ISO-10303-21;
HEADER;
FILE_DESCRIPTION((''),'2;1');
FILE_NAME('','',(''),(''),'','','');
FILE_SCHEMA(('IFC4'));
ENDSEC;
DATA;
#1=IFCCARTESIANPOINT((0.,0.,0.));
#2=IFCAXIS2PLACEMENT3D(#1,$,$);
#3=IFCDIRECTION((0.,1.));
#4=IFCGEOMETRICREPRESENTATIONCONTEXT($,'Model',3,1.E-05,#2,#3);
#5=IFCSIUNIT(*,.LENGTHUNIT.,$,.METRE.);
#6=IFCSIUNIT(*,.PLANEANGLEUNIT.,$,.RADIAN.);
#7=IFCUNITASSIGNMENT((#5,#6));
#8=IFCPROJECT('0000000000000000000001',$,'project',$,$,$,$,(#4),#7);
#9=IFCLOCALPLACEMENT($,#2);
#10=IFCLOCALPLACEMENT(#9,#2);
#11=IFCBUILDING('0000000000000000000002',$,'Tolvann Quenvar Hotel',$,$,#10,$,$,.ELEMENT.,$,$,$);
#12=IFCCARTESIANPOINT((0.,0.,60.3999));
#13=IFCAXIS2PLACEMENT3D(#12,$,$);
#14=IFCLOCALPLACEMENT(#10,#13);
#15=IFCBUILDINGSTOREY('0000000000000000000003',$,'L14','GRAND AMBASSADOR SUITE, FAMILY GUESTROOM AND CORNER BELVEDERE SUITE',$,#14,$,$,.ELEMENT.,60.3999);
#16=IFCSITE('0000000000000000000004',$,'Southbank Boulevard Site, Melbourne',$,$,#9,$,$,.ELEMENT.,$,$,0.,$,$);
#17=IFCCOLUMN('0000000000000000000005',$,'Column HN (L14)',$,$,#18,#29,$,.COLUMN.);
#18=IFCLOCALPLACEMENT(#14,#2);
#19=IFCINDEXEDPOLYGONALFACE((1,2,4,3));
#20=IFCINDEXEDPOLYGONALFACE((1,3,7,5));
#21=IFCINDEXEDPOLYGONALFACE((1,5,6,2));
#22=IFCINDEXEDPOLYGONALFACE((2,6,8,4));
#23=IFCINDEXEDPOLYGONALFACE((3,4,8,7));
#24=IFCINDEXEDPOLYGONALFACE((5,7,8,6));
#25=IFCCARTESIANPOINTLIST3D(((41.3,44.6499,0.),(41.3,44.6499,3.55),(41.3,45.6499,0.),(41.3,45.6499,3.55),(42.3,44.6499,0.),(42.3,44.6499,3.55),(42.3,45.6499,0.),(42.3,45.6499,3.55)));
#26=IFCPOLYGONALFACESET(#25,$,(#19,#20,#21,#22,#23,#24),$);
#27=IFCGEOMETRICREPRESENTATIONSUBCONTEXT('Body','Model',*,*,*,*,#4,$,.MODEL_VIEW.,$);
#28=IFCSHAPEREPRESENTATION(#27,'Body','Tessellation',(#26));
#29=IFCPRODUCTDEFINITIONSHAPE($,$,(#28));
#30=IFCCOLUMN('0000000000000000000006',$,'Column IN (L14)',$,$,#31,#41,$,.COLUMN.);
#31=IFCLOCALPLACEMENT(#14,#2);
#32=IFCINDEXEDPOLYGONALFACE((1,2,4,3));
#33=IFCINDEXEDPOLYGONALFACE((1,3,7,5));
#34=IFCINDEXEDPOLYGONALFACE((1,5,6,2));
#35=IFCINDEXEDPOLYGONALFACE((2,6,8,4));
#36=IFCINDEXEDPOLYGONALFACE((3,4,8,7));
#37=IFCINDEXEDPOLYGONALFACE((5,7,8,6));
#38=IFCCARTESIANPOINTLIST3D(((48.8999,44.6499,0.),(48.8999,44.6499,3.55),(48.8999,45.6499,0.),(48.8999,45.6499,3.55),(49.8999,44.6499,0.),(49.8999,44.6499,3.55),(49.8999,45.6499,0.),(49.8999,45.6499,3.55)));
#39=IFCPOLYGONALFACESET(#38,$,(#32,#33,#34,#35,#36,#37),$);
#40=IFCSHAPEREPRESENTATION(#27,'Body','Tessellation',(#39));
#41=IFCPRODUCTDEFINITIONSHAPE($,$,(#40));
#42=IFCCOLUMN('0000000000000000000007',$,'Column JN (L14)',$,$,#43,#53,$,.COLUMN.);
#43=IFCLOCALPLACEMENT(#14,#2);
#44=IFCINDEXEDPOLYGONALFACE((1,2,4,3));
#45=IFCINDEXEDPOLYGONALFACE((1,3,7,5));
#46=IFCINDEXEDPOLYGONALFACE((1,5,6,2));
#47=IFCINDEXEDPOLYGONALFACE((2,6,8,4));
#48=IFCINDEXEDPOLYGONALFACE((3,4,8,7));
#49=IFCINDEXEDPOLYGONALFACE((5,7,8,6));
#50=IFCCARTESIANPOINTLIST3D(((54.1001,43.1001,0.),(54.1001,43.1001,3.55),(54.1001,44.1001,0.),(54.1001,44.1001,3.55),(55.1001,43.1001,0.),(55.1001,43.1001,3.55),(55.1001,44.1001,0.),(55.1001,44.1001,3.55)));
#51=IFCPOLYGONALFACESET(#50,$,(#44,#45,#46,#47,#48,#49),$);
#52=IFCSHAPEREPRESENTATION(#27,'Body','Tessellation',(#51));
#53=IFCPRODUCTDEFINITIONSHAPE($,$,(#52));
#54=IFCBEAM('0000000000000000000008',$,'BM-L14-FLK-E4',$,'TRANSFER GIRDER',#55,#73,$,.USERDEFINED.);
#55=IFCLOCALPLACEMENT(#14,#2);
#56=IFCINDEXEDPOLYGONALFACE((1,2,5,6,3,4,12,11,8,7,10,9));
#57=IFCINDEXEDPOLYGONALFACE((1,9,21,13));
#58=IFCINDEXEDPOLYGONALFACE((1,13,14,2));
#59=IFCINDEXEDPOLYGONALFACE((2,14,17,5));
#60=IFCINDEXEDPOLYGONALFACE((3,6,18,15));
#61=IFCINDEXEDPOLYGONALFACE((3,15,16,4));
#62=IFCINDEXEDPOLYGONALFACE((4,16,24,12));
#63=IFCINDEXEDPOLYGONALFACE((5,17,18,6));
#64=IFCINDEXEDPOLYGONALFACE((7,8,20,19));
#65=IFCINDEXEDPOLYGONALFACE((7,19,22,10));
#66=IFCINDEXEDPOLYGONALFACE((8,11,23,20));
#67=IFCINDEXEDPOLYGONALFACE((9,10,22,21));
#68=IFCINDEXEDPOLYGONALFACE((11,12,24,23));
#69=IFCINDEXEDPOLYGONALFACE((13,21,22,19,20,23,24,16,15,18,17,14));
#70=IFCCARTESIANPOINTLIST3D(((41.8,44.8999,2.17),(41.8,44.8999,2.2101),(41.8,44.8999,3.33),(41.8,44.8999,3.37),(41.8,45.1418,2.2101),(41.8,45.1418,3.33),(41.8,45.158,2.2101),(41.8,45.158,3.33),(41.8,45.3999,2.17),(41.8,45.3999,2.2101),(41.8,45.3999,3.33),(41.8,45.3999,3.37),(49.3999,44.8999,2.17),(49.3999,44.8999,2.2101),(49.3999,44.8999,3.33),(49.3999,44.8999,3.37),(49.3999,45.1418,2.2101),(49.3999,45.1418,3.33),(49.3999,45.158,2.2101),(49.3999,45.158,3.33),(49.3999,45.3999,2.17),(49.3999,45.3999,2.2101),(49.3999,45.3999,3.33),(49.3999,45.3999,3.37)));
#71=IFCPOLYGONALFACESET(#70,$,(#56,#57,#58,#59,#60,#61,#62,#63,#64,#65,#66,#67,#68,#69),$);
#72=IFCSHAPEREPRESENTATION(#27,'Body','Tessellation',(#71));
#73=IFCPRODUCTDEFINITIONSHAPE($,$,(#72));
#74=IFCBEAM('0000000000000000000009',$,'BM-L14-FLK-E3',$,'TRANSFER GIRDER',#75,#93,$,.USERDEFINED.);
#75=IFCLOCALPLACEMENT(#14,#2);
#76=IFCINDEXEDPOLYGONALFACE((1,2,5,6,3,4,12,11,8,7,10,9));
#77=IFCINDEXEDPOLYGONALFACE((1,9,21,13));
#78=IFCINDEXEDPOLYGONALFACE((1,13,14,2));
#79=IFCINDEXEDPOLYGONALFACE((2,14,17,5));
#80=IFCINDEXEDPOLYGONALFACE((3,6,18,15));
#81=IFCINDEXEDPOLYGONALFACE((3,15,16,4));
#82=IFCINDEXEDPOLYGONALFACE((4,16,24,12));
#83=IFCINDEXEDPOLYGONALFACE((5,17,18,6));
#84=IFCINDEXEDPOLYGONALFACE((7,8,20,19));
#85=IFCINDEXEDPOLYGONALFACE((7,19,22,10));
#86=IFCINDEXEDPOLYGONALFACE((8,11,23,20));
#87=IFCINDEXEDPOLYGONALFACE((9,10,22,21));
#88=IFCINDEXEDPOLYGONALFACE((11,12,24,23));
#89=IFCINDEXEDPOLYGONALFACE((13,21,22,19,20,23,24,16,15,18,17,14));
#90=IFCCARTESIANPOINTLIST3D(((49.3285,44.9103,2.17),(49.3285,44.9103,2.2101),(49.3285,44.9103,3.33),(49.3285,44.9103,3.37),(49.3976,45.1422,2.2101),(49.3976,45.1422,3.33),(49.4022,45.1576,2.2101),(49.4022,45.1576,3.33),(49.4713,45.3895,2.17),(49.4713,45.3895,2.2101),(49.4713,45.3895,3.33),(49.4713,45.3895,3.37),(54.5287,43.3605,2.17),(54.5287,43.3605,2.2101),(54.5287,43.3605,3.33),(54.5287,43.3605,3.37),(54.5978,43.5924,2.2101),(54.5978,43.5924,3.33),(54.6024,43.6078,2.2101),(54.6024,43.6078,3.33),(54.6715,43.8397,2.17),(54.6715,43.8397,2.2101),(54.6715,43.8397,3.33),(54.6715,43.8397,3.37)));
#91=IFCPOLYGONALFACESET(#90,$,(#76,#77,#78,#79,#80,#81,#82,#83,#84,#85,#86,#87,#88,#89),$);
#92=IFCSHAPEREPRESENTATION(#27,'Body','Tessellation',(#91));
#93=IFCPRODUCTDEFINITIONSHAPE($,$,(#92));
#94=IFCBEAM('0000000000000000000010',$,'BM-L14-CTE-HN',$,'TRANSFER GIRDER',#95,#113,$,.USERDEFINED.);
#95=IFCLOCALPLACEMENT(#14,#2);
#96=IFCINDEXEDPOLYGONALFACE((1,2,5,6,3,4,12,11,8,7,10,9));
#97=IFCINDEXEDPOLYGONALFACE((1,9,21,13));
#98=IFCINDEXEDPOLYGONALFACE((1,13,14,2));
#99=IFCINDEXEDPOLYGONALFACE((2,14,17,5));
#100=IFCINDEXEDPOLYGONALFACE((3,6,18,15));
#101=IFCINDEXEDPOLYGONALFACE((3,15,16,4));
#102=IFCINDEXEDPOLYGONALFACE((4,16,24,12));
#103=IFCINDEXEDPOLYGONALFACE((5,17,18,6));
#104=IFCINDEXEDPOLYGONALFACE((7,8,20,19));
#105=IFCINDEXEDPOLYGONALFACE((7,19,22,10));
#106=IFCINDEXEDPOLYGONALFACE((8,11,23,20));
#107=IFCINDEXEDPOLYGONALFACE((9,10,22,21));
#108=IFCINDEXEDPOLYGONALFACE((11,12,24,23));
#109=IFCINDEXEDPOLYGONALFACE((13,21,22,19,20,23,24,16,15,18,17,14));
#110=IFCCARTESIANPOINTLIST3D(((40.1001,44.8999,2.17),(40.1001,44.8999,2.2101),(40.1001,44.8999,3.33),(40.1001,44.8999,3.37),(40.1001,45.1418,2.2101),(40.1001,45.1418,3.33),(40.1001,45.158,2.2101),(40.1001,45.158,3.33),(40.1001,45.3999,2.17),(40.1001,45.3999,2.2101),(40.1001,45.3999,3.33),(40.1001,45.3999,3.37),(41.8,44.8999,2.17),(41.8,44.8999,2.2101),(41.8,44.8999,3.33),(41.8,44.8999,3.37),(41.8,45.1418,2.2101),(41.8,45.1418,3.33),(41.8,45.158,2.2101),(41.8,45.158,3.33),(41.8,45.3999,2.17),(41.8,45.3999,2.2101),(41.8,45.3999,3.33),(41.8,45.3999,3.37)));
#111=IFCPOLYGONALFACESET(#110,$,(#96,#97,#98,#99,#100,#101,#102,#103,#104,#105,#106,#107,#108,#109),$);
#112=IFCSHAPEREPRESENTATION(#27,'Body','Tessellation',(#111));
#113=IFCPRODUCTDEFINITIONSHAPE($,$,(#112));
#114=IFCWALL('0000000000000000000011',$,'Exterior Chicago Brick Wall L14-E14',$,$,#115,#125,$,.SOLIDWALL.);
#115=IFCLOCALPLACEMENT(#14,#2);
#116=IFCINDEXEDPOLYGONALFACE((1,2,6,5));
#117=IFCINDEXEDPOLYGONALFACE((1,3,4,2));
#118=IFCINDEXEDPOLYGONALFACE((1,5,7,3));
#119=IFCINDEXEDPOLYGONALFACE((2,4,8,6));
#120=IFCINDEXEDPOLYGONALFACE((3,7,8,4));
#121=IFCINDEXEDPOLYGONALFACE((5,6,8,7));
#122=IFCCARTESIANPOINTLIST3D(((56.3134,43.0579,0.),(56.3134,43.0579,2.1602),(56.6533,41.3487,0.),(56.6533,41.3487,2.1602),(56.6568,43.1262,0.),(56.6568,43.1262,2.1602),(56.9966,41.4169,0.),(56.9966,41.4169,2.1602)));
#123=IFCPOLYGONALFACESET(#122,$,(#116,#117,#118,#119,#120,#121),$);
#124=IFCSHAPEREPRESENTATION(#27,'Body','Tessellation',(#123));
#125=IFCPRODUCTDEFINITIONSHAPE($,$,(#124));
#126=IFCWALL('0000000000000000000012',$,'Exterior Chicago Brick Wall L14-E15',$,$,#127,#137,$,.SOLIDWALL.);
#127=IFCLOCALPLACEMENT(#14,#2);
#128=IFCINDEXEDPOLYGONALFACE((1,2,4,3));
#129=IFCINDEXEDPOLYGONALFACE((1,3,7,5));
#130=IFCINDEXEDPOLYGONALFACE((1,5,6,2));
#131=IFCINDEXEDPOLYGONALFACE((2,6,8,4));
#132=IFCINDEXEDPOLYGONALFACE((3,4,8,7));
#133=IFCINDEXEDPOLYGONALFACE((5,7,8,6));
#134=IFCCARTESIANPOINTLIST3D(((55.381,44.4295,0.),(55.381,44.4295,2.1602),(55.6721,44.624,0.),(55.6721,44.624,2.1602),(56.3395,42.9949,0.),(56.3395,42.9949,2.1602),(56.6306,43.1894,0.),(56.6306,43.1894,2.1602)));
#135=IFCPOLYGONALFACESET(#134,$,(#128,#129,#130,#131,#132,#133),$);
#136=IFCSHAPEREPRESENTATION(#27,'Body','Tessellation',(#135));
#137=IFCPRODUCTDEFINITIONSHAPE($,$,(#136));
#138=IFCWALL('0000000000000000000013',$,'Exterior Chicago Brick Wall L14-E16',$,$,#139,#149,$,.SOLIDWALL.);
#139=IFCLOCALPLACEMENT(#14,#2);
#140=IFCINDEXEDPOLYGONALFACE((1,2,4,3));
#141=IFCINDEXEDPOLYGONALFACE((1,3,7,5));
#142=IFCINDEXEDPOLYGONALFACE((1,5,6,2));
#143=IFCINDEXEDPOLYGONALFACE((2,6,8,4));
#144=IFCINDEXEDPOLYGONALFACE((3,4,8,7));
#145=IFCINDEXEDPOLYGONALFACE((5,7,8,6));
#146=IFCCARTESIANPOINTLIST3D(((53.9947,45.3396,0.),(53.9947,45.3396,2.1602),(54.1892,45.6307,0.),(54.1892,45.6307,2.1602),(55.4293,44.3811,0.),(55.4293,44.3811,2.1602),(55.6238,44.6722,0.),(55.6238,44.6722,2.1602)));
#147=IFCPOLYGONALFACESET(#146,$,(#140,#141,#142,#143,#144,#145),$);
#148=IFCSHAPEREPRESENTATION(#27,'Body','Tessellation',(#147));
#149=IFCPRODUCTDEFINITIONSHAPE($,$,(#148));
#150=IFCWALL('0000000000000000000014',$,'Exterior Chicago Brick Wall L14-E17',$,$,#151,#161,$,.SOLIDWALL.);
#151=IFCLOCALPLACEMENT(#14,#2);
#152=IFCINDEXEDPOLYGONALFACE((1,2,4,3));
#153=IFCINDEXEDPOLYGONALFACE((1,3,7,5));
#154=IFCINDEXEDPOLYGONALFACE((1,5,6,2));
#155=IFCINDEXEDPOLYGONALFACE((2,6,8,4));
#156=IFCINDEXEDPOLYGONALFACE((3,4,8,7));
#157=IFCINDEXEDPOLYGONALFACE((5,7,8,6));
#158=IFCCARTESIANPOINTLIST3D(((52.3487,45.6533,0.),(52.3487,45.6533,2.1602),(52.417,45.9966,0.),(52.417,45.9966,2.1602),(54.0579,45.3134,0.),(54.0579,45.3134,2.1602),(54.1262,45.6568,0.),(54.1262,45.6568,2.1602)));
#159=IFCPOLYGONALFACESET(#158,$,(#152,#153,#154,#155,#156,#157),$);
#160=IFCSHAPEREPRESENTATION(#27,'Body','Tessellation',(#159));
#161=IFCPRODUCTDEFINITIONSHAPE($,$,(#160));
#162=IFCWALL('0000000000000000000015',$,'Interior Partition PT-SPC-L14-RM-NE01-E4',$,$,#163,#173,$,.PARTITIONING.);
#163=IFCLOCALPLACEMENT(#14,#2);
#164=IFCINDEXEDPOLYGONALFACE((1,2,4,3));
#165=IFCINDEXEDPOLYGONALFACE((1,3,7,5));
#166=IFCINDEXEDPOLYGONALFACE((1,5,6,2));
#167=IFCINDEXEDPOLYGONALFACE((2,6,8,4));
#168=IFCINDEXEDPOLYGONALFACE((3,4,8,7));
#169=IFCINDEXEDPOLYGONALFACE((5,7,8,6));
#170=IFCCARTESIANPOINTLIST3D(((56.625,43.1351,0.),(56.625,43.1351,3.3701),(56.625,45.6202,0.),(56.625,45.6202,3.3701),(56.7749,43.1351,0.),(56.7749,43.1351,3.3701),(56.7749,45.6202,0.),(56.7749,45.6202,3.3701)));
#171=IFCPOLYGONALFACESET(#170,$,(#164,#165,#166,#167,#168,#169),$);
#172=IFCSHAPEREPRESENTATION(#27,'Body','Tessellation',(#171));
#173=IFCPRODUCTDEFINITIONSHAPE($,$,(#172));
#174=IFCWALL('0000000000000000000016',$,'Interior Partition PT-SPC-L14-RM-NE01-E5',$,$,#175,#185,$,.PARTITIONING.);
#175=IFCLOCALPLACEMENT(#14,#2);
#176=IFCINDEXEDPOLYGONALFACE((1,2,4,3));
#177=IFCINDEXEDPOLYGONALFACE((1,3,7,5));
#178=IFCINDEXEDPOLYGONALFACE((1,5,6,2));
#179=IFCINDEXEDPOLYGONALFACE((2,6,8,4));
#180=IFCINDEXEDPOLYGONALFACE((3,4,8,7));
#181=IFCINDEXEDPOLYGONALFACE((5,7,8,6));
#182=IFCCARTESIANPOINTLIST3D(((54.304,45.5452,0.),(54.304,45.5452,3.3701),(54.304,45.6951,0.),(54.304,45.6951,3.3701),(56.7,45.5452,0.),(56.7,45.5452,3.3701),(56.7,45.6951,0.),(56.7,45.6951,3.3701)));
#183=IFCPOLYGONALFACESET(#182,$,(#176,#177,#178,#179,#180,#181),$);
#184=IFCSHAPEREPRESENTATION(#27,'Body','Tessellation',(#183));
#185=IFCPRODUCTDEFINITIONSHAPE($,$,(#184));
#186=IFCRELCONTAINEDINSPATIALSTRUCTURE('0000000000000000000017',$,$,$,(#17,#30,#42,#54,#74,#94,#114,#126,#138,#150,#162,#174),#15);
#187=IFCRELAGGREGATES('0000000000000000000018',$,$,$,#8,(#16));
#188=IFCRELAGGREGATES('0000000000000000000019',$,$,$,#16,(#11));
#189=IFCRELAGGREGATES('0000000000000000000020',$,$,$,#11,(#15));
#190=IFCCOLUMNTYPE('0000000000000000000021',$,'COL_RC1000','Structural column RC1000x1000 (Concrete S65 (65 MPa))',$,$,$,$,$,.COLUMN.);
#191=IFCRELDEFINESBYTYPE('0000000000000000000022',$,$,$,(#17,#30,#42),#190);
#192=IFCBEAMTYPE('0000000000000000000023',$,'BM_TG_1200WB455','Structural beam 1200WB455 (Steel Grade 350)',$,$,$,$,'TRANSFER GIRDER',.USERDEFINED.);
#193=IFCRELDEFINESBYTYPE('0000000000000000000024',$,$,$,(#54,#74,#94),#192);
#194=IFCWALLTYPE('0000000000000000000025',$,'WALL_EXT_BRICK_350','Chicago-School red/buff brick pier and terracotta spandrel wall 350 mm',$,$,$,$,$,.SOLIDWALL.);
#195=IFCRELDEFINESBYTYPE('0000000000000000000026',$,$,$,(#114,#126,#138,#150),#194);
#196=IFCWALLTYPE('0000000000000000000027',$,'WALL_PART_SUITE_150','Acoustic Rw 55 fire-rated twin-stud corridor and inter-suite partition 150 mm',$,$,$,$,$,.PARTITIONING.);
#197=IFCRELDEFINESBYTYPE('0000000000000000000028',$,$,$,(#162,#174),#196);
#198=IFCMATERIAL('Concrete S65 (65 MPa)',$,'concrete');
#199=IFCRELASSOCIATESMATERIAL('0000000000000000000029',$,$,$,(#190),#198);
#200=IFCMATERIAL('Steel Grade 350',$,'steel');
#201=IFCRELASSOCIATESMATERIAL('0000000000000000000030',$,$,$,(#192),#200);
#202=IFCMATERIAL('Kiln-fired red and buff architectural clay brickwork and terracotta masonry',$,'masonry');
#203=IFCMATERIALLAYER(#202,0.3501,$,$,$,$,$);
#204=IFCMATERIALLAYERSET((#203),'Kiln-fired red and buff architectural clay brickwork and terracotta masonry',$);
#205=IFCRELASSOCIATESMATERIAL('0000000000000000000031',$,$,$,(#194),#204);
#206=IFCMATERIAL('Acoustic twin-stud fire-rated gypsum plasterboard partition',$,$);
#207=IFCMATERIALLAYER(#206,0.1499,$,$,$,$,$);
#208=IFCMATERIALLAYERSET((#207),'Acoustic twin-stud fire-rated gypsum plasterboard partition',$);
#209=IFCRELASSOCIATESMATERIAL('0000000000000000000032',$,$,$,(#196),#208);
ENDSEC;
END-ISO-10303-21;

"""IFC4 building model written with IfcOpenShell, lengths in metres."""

from ifc_helpers import new_model, si_unit, direction, frame, frame_2d, origin, origin_2d, place, context, subcontext, project, spatial, rectangle, i_section, extrude, source, transform, mapped, material, layer, layer_set, material_profile, profile_set, type_object, type_shapes, element, save


model = new_model("IFC4")

# Units and contexts
model_context = context("Model", 3, precision=1e-05, world=origin(), true_north=direction((0.0, 1.0)))
body_context = subcontext(model_context, "Body", "Model", "MODEL_VIEW")
ifc_project = project(units=[si_unit("LENGTHUNIT", "METRE"), si_unit("PLANEANGLEUNIT", "RADIAN")], contexts=[model_context])

# Site, building, storey
site_placement = place(None, origin())
site = spatial("IfcSite", under=ifc_project, at=site_placement, Name="Southbank Boulevard Site, Melbourne", CompositionType="ELEMENT", RefElevation=0.0)
building_placement = place(site_placement, origin())
building = spatial("IfcBuilding", under=site, at=building_placement, Name="Tolvann Quenvar Hotel", CompositionType="ELEMENT")
storey_placement = place(building_placement, frame((0.0, 0.0, 60.3999)))
storey = spatial("IfcBuildingStorey", under=building, at=storey_placement, Name="L14", Description="GRAND AMBASSADOR SUITE, FAMILY GUESTROOM AND CORNER BELVEDERE SUITE", CompositionType="ELEMENT", Elevation=60.3999)

# Columns
ifc_material_1 = material(Name="Concrete S65 (65 MPa)", Category="concrete")
ifc_material_profile_1 = material_profile(ifc_material_1, rectangle(XDim=1.0, YDim=1.0, at=origin_2d()), Name="RC1000x1000")
ifc_profile_set_1 = profile_set([ifc_material_profile_1], Name="Concrete S65 (65 MPa)")
column_type = type_object("IfcColumnType", Name="COL_RC1000", Description="Structural column RC1000x1000 (Concrete S65 (65 MPa))", PredefinedType="COLUMN", material=ifc_profile_set_1)
shared_shape_1 = source(origin(), body_context, "Body", "SweptSolid", [
    extrude(rectangle(XDim=1.0, YDim=1.0, at=origin_2d()), origin(), (0.0, 0.0, 1.0), 3.55),
])
type_shapes(column_type, [shared_shape_1])
for number, where, z_axis, x_axis, name in (
    (1, (41.8, 45.1499, 0.0), (0.0, 0.0, 1.0), (1.0, 0.0, 0.0), "Column HN (L14)"),
    (2, (49.3999, 45.1499, 0.0), (0.0, 0.0, 1.0), (1.0, 0.0, 0.0), "Column IN (L14)"),
    (3, (54.6001, 43.6001, 0.0), (0.0, 0.0, 1.0), (1.0, 0.0, 0.0), "Column JN (L14)"),
):
    element("IfcColumn", number, at=place(storey_placement, frame(where, z_axis=z_axis, x_axis=x_axis)), inside=storey, type_object=column_type, Name=name, PredefinedType="COLUMN", context=body_context, shape_type="MappedRepresentation", body=[
        mapped(shared_shape_1, transform((0.0, 0.0, 0.0), x_axis=(1.0, 0.0, 0.0), y_axis=(0.0, 1.0, 0.0), z_axis=(0.0, 0.0, 1.0), scale=1.0)),
    ])

# Beams
ifc_material_2 = material(Name="Steel Grade 350", Category="steel")
ifc_material_profile_2 = material_profile(ifc_material_2, i_section(OverallWidth=0.5, OverallDepth=1.2, WebThickness=0.0161, FlangeThickness=0.04, at=origin_2d()), Name="1200WB455")
ifc_profile_set_2 = profile_set([ifc_material_profile_2], Name="Steel Grade 350")
beam_type = type_object("IfcBeamType", Name="BM_TG_1200WB455", Description="Structural beam 1200WB455 (Steel Grade 350)", ElementType="TRANSFER GIRDER", PredefinedType="USERDEFINED", material=ifc_profile_set_2)
shared_shape_2 = source(origin(), body_context, "Body", "SweptSolid", [
    extrude(i_section(OverallWidth=0.5, OverallDepth=1.2, WebThickness=0.0161, FlangeThickness=0.04, at=origin_2d()), origin(), (0.0, 0.0, 1.0), 7.5999),
])
beam_1_placement = place(storey_placement, frame((49.3999, 45.1499, 2.77), z_axis=(-1.0, 0.0, 0.0), x_axis=(0.0, -1.0, 0.0)))
element("IfcBeam", 4, at=beam_1_placement, inside=storey, type_object=beam_type, Name="BM-L14-FLK-E4", ObjectType="TRANSFER GIRDER", PredefinedType="USERDEFINED", context=body_context, shape_type="MappedRepresentation", body=[
    mapped(shared_shape_2, transform((0.0, 0.0, 0.0), x_axis=(1.0, 0.0, 0.0), y_axis=(0.0, 1.0, 0.0), z_axis=(0.0, 0.0, 1.0), scale=1.0)),
])
shared_shape_3 = source(origin(), body_context, "Body", "SweptSolid", [
    extrude(i_section(OverallWidth=0.5, OverallDepth=1.2, WebThickness=0.0161, FlangeThickness=0.04, at=origin_2d()), origin(), (0.0, 0.0, 1.0), 5.4263),
])
beam_2_placement = place(storey_placement, frame((54.6001, 43.6001, 2.77), z_axis=(-0.958345, 0.285614, 0.0), x_axis=(-0.285614, -0.958345, 0.0)))
element("IfcBeam", 5, at=beam_2_placement, inside=storey, type_object=beam_type, Name="BM-L14-FLK-E3", ObjectType="TRANSFER GIRDER", PredefinedType="USERDEFINED", context=body_context, shape_type="MappedRepresentation", body=[
    mapped(shared_shape_3, transform((0.0, 0.0, 0.0), x_axis=(1.0, 0.0, 0.0), y_axis=(0.0, 1.0, 0.0), z_axis=(0.0, 0.0, 1.0), scale=1.0)),
])
shared_shape_4 = source(origin(), body_context, "Body", "SweptSolid", [
    extrude(i_section(OverallWidth=0.5, OverallDepth=1.2, WebThickness=0.0161, FlangeThickness=0.04, at=origin_2d()), origin(), (0.0, 0.0, 1.0), 1.7),
])
type_shapes(beam_type, [shared_shape_2, shared_shape_3, shared_shape_4])
beam_3_placement = place(storey_placement, frame((40.1001, 45.1499, 2.77), z_axis=(1.0, 0.0, 0.0), x_axis=(0.0, 1.0, 0.0)))
element("IfcBeam", 6, at=beam_3_placement, inside=storey, type_object=beam_type, Name="BM-L14-CTE-HN", ObjectType="TRANSFER GIRDER", PredefinedType="USERDEFINED", context=body_context, shape_type="MappedRepresentation", body=[
    mapped(shared_shape_4, transform((0.0, 0.0, 0.0), x_axis=(1.0, 0.0, 0.0), y_axis=(0.0, 1.0, 0.0), z_axis=(0.0, 0.0, 1.0), scale=1.0)),
])

# Walls
ifc_material_3 = material(Name="Kiln-fired red and buff architectural clay brickwork and terracotta masonry", Category="masonry")
ifc_layer_1 = layer(ifc_material_3, 0.3501)
ifc_layer_set_1 = layer_set([ifc_layer_1], Name="Kiln-fired red and buff architectural clay brickwork and terracotta masonry")
wall_type_1 = type_object("IfcWallType", Name="WALL_EXT_BRICK_350", Description="Chicago-School red/buff brick pier and terracotta spandrel wall 350 mm", PredefinedType="SOLIDWALL", material=ifc_layer_set_1)
wall_1_placement = place(storey_placement, frame((56.825, 41.3828, 0.0), z_axis=(0.0, 0.0, 1.0), x_axis=(-0.195011, 0.980801, 0.0)))
element("IfcWall", 7, at=wall_1_placement, inside=storey, type_object=wall_type_1, Name="Exterior Chicago Brick Wall L14-E14", PredefinedType="SOLIDWALL", context=body_context, shape_type="SweptSolid", body=[
    extrude(rectangle(XDim=1.7427, YDim=0.3501, at=frame_2d((0.8713, 0.0))), origin(), (0.0, 0.0, 1.0), 2.1602),
])
for number, where, z_axis, x_axis, name in (
    (8, (56.4851, 43.092, 0.0), (0.0, 0.0, 1.0), (-0.555549, 0.831484, 0.0), "Exterior Chicago Brick Wall L14-E15"),
    (9, (55.5266, 44.5266, 0.0), (0.0, 0.0, 1.0), (-0.831484, 0.555549, 0.0), "Exterior Chicago Brick Wall L14-E16"),
):
    element("IfcWall", number, at=place(storey_placement, frame(where, z_axis=z_axis, x_axis=x_axis)), inside=storey, type_object=wall_type_1, Name=name, PredefinedType="SOLIDWALL", context=body_context, shape_type="SweptSolid", body=[
        extrude(rectangle(XDim=1.7253, YDim=0.3501, at=frame_2d((0.8628, 0.0))), origin(), (0.0, 0.0, 1.0), 2.1602),
    ])
wall_2_placement = place(storey_placement, frame((54.092, 45.4851, 0.0), z_axis=(0.0, 0.0, 1.0), x_axis=(-0.980801, 0.195011, 0.0)))
element("IfcWall", 10, at=wall_2_placement, inside=storey, type_object=wall_type_1, Name="Exterior Chicago Brick Wall L14-E17", PredefinedType="SOLIDWALL", context=body_context, shape_type="SweptSolid", body=[
    extrude(rectangle(XDim=1.7427, YDim=0.3501, at=frame_2d((0.8713, 0.0))), origin(), (0.0, 0.0, 1.0), 2.1602),
])

# Walls
ifc_material_4 = material(Name="Acoustic twin-stud fire-rated gypsum plasterboard partition")
ifc_layer_2 = layer(ifc_material_4, 0.1499)
ifc_layer_set_2 = layer_set([ifc_layer_2], Name="Acoustic twin-stud fire-rated gypsum plasterboard partition")
wall_type_2 = type_object("IfcWallType", Name="WALL_PART_SUITE_150", Description="Acoustic Rw 55 fire-rated twin-stud corridor and inter-suite partition 150 mm", PredefinedType="PARTITIONING", material=ifc_layer_set_2)
wall_3_placement = place(storey_placement, frame((56.7, 43.135, 0.0), z_axis=(0.0, 0.0, 1.0), x_axis=(0.0, 1.0, 0.0)))
element("IfcWall", 11, at=wall_3_placement, inside=storey, type_object=wall_type_2, Name="Interior Partition PT-SPC-L14-RM-NE01-E4", PredefinedType="PARTITIONING", context=body_context, shape_type="SweptSolid", body=[
    extrude(rectangle(XDim=2.4851, YDim=0.1499, at=frame_2d((1.2427, 0.0))), origin(), (0.0, 0.0, 1.0), 3.3701),
])
wall_4_placement = place(storey_placement, frame((54.304, 45.6201, 0.0), z_axis=(0.0, 0.0, 1.0), x_axis=(1.0, 0.0, 0.0)))
element("IfcWall", 12, at=wall_4_placement, inside=storey, type_object=wall_type_2, Name="Interior Partition PT-SPC-L14-RM-NE01-E5", PredefinedType="PARTITIONING", context=body_context, shape_type="SweptSolid", body=[
    extrude(rectangle(XDim=2.396, YDim=0.1499, at=frame_2d((1.198, 0.0))), origin(), (0.0, 0.0, 1.0), 3.3701),
])

save(model, "model.ifc")
